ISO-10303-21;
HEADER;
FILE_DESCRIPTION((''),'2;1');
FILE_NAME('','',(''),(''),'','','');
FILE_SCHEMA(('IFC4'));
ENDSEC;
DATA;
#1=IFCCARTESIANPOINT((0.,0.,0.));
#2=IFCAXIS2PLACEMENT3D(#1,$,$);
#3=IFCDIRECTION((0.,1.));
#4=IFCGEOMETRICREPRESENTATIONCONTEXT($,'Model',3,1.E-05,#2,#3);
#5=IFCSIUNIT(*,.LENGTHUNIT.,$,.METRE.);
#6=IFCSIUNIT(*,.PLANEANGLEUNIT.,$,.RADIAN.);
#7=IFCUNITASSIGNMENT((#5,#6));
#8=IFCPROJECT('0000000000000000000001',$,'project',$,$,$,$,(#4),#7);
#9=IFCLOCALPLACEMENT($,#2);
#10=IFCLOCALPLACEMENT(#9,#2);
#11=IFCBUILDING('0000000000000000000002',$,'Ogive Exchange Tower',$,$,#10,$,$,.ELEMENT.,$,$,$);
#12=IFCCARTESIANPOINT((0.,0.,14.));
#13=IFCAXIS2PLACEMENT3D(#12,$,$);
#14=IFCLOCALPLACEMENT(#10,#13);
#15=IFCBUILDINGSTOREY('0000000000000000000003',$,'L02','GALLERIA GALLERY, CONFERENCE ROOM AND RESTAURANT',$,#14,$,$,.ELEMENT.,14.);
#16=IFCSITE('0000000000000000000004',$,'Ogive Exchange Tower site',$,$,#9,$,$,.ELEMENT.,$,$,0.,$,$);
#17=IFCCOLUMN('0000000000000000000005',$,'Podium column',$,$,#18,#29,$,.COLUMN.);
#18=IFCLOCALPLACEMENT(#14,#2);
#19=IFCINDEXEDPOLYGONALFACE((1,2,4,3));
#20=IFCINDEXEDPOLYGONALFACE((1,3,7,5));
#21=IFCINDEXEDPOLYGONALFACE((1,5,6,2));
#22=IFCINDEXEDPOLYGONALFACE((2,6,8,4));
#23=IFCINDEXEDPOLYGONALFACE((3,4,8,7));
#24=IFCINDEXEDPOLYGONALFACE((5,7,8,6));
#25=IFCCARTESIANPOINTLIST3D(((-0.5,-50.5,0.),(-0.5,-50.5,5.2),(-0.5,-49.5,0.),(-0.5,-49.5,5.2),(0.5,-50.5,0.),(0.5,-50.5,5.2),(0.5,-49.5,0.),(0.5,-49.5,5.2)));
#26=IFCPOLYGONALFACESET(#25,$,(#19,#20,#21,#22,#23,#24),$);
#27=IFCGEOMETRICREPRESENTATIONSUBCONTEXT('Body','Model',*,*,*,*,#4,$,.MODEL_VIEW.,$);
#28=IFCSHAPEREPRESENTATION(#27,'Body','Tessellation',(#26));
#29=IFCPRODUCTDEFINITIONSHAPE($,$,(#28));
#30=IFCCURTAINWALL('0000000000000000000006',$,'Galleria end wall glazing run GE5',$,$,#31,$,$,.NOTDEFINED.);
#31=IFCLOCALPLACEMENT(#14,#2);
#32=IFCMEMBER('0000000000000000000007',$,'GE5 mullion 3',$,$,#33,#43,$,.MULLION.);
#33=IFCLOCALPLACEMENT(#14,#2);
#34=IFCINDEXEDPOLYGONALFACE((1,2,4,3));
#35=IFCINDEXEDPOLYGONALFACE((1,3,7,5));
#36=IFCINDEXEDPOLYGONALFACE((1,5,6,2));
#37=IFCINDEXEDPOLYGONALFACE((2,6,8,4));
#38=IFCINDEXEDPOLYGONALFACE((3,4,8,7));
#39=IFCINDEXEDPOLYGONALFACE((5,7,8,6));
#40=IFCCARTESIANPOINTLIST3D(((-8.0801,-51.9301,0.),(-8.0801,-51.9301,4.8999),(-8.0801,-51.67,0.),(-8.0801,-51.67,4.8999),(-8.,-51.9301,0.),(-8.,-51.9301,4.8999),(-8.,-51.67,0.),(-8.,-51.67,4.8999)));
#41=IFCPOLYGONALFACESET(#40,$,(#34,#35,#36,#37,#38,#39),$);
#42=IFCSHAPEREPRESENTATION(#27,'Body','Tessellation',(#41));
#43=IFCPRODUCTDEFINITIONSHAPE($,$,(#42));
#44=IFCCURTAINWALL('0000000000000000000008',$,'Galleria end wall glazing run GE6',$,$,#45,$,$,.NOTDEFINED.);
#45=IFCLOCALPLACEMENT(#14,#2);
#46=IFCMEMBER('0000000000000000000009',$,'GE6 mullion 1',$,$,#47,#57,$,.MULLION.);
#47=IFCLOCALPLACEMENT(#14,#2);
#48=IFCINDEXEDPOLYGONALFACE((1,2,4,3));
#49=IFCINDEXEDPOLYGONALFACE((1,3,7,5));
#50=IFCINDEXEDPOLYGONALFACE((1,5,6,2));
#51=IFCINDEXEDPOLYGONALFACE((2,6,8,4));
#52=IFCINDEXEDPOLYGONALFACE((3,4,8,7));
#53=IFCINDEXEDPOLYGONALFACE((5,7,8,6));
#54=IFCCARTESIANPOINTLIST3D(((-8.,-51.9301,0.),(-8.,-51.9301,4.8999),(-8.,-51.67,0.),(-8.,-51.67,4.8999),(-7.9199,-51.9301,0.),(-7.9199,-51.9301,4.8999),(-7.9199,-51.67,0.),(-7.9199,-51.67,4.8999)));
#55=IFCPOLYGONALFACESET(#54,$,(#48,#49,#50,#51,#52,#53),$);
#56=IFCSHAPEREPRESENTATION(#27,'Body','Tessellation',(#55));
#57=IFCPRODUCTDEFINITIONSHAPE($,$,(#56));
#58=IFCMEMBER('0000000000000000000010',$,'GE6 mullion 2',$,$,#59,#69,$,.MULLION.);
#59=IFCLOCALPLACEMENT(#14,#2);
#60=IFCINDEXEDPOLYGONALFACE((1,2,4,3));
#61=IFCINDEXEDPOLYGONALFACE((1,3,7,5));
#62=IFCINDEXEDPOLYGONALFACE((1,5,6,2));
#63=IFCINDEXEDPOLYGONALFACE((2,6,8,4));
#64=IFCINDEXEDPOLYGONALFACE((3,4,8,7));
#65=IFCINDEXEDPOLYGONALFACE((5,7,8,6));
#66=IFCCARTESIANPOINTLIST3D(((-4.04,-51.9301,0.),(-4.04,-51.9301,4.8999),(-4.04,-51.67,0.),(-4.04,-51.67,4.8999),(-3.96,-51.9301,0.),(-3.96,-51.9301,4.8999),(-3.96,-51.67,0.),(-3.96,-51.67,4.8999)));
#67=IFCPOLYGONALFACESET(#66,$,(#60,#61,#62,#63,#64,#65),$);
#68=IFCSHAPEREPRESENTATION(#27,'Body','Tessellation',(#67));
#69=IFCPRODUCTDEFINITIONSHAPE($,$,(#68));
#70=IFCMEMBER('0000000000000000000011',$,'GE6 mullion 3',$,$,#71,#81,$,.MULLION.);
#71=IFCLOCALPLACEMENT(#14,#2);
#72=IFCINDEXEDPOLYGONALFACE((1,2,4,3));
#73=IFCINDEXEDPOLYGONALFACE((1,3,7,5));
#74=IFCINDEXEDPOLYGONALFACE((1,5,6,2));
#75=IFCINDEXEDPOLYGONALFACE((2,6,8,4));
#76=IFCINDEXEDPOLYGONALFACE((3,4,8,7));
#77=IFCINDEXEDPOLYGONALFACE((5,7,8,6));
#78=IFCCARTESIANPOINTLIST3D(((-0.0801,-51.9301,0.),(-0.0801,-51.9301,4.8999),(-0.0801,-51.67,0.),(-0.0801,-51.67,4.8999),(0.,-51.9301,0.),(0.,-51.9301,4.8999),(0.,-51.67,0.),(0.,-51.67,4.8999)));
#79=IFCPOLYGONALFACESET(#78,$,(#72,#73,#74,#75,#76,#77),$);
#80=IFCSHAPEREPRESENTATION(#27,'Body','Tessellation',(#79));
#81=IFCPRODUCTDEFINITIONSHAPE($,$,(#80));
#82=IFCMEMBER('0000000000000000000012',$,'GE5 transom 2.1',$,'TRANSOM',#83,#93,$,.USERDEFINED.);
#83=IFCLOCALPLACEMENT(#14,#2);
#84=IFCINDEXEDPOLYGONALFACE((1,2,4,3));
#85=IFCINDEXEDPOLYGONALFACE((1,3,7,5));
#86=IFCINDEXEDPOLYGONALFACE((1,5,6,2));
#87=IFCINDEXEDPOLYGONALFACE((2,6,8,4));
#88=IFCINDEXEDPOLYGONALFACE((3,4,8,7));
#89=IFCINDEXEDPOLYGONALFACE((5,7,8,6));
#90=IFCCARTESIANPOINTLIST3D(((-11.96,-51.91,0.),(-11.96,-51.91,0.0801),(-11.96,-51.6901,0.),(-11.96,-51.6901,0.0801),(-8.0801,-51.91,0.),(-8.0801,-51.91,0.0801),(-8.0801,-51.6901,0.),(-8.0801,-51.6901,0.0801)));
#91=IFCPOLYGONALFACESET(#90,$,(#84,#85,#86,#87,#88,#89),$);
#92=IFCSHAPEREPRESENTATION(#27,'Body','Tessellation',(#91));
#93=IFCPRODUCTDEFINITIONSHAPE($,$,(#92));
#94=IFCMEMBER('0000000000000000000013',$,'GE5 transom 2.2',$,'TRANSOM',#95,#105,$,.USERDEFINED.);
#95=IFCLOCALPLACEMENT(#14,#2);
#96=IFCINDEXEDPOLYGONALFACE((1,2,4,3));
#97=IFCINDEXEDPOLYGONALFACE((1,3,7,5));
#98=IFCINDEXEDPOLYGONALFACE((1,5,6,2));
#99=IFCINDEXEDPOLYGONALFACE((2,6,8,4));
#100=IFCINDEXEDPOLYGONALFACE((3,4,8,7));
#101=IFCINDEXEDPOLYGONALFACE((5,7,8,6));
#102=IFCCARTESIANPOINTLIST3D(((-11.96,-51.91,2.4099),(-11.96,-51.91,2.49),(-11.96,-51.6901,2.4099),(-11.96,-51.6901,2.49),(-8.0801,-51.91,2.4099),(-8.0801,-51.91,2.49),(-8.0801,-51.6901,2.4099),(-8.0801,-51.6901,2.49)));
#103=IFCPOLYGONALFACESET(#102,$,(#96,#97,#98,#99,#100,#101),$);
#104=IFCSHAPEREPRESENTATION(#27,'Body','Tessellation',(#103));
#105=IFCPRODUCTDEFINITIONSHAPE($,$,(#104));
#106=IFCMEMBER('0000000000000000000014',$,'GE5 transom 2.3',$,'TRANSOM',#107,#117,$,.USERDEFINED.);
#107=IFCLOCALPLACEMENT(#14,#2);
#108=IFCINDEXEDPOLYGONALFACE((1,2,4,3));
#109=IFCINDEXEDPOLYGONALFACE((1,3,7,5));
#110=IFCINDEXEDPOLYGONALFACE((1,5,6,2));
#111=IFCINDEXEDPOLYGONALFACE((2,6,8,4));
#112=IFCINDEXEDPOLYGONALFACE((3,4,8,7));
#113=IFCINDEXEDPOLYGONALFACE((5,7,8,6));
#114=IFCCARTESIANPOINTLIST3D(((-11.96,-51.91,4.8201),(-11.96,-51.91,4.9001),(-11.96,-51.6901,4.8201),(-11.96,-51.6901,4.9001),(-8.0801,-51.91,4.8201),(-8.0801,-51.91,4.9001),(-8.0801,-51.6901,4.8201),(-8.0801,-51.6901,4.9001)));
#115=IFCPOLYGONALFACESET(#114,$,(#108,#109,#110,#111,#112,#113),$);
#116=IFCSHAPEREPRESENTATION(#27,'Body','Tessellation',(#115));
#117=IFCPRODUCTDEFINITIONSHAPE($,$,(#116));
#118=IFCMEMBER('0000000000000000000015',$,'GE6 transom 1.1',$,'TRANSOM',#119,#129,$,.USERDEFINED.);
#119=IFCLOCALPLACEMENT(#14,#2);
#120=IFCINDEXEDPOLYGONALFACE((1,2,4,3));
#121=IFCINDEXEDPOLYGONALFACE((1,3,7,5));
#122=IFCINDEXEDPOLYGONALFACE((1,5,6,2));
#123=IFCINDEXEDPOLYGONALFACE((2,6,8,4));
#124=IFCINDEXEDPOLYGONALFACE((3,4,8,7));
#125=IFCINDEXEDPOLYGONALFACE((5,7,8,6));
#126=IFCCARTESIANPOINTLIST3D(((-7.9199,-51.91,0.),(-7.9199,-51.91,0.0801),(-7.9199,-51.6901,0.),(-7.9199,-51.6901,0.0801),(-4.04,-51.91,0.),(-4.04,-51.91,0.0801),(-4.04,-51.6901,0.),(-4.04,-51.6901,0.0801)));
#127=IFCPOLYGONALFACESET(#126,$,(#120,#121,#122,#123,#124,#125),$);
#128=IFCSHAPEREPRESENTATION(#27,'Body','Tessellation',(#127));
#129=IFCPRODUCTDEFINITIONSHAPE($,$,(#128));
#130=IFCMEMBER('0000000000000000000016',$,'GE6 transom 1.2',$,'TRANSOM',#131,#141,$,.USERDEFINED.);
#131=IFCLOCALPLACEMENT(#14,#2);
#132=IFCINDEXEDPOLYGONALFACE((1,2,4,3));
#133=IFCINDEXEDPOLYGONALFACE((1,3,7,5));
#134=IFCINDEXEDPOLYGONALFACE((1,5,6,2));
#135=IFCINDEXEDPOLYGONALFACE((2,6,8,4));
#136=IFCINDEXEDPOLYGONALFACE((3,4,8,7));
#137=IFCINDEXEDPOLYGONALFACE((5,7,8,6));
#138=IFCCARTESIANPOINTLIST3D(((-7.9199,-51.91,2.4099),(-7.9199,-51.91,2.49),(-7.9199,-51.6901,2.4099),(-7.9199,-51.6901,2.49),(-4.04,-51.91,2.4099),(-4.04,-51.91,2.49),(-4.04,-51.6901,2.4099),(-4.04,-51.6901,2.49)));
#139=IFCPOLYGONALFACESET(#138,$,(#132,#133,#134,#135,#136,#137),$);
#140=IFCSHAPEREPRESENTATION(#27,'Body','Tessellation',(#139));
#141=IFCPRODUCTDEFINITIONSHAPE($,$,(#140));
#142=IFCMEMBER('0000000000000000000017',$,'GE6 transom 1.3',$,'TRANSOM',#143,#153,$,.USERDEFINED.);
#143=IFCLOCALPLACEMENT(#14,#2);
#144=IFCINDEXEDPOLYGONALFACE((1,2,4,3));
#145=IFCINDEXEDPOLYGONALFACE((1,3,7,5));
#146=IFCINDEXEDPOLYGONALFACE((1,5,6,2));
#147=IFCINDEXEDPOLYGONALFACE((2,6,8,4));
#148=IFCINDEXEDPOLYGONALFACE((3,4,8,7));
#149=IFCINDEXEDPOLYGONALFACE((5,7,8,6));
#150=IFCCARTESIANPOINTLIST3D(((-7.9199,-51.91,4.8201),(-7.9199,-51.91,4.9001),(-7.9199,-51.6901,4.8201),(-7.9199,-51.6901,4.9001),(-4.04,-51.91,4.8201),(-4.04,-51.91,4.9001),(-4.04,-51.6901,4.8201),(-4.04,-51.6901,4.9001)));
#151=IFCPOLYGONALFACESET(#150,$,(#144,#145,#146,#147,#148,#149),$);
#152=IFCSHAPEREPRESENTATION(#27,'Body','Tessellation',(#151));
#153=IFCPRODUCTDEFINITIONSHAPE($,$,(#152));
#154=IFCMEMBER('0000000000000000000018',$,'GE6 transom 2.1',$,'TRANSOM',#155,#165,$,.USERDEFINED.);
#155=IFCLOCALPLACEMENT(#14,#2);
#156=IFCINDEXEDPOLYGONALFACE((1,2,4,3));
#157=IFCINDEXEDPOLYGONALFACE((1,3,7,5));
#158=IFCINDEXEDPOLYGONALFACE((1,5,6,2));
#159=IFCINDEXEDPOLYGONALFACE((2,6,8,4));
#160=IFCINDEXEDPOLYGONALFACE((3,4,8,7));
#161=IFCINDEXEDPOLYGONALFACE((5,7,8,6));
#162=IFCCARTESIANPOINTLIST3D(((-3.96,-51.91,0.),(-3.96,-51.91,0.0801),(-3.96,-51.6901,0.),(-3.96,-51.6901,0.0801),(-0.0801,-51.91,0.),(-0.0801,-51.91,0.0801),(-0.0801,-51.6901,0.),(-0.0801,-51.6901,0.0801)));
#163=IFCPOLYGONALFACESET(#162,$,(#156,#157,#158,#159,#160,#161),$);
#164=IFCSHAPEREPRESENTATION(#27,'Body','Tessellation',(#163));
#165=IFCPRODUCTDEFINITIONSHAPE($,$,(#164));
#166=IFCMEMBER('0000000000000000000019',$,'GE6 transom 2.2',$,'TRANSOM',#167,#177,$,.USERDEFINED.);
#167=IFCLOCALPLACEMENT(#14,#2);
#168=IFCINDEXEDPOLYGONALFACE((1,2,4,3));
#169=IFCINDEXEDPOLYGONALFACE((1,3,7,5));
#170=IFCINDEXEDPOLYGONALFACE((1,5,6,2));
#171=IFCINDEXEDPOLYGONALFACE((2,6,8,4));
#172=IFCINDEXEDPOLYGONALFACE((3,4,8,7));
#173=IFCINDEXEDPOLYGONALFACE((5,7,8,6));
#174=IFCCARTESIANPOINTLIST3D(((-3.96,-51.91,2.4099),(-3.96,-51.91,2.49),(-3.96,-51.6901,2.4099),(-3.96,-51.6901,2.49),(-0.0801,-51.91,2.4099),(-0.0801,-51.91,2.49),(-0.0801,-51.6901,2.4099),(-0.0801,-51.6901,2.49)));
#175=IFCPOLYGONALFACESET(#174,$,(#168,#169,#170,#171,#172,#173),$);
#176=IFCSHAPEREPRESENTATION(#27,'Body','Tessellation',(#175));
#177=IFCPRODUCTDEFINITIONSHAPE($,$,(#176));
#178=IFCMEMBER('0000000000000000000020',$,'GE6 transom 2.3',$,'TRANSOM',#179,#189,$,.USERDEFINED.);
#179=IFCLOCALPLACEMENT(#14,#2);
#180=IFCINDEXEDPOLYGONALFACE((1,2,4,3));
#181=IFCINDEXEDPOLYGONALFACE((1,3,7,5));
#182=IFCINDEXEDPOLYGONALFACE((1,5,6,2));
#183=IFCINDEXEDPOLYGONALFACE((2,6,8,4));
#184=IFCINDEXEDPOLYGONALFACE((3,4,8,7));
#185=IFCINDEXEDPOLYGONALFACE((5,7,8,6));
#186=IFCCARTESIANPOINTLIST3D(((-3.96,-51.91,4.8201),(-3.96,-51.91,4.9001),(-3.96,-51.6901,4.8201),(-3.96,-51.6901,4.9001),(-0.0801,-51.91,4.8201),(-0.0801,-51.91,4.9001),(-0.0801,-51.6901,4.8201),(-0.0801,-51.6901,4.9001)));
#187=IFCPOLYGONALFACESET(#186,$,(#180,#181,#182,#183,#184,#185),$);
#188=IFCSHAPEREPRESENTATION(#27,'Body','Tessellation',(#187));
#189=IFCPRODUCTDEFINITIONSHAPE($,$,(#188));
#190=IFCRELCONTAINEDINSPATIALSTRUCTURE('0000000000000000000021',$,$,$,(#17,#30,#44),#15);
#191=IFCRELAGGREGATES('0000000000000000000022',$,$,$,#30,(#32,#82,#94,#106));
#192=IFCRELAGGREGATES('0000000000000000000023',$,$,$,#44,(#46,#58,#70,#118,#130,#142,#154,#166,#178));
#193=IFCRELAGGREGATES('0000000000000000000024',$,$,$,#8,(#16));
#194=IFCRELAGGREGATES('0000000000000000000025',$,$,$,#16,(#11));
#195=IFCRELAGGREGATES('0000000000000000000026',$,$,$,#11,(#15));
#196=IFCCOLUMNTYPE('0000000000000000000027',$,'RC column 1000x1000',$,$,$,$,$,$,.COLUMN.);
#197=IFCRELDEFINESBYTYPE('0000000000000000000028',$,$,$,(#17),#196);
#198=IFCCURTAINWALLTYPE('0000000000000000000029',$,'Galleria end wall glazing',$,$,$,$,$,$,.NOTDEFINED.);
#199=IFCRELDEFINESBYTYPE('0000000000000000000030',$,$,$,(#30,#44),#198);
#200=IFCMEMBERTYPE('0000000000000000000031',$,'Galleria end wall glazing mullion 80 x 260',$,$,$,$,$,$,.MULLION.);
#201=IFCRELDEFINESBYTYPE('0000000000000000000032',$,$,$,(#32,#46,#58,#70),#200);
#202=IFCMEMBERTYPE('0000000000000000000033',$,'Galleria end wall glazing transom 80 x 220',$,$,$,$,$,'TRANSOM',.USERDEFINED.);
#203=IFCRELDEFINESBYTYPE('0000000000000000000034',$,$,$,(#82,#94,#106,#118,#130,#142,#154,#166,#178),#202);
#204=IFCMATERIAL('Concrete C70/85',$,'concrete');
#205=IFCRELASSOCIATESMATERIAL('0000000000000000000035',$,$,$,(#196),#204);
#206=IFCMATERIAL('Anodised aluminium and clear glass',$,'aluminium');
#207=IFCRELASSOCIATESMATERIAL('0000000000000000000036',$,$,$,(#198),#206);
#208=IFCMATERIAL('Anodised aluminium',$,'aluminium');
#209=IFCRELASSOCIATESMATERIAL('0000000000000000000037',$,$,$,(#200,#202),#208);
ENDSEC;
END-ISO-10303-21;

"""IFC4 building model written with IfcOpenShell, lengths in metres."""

from ifc_helpers import new_model, si_unit, direction, frame, origin, origin_2d, place, context, subcontext, project, spatial, rectangle, extrude, material, material_profile, profile_set, type_object, element, aggregate, save


model = new_model("IFC4")

# Units and contexts
model_context = context("Model", 3, precision=1e-05, world=origin(), true_north=direction((0.0, 1.0)))
body_context = subcontext(model_context, "Body", "Model", "MODEL_VIEW")
ifc_project = project(units=[si_unit("LENGTHUNIT", "METRE"), si_unit("PLANEANGLEUNIT", "RADIAN")], contexts=[model_context])

# Site, building, storey
site_placement = place(None, origin())
site = spatial("IfcSite", under=ifc_project, at=site_placement, Name="Ogive Exchange Tower site", CompositionType="ELEMENT", RefElevation=0.0)
building_placement = place(site_placement, origin())
building = spatial("IfcBuilding", under=site, at=building_placement, Name="Ogive Exchange Tower", CompositionType="ELEMENT")
storey_placement = place(building_placement, frame((0.0, 0.0, 14.0)))
storey = spatial("IfcBuildingStorey", under=building, at=storey_placement, Name="L02", Description="GALLERIA GALLERY, CONFERENCE ROOM AND RESTAURANT", CompositionType="ELEMENT", Elevation=14.0)

# Column
ifc_material_1 = material(Name="Concrete C70/85", Category="concrete")
ifc_material_profile_1 = material_profile(ifc_material_1, rectangle(XDim=1.0, YDim=1.0, at=origin_2d()), Name="RC 1000x1000")
ifc_profile_set_1 = profile_set([ifc_material_profile_1], Name="Concrete C70/85")
column_type = type_object("IfcColumnType", Name="RC column 1000x1000", PredefinedType="COLUMN", material=ifc_profile_set_1)
column_placement = place(storey_placement, frame((0.0, -50.0, 0.0), z_axis=(0.0, 0.0, 1.0), x_axis=(1.0, 0.0, 0.0)))
element("IfcColumn", 1, at=column_placement, inside=storey, type_object=column_type, Name="Podium column", PredefinedType="COLUMN", context=body_context, shape_type="SweptSolid", body=[
    extrude(rectangle(XDim=1.0, YDim=1.0, at=origin_2d()), origin(), (0.0, 0.0, 1.0), 5.2),
])

# Curtain wall, member
ifc_material_2 = material(Name="Anodised aluminium and clear glass", Category="aluminium")
curtain_wall_type = type_object("IfcCurtainWallType", Name="Galleria end wall glazing", PredefinedType="NOTDEFINED", material=ifc_material_2)
curtain_wall_1_placement = place(storey_placement, origin())
curtain_wall_1 = element("IfcCurtainWall", 2, at=curtain_wall_1_placement, inside=storey, type_object=curtain_wall_type, Name="Galleria end wall glazing run GE5", PredefinedType="NOTDEFINED")
ifc_material_3 = material(Name="Anodised aluminium", Category="aluminium")
ifc_material_profile_2 = material_profile(ifc_material_3, rectangle(XDim=0.26, YDim=0.0801, at=origin_2d()), Name="AL 80x260")
ifc_profile_set_2 = profile_set([ifc_material_profile_2], Name="Anodised aluminium")
member_type_1 = type_object("IfcMemberType", Name="Galleria end wall glazing mullion 80 x 260", PredefinedType="MULLION", material=ifc_profile_set_2)
member_1_placement = place(storey_placement, frame((-8.04, -51.8, 0.0), z_axis=(0.0, 0.0, 1.0), x_axis=(0.0, 1.0, 0.0)))
member_1 = element("IfcMember", 3, at=member_1_placement, type_object=member_type_1, Name="GE5 mullion 3", PredefinedType="MULLION", context=body_context, shape_type="SweptSolid", body=[
    extrude(rectangle(XDim=0.26, YDim=0.0801, at=origin_2d()), origin(), (0.0, 0.0, 1.0), 4.8999),
])

# Curtain wall, members
curtain_wall_2_placement = place(storey_placement, origin())
curtain_wall_2 = element("IfcCurtainWall", 4, at=curtain_wall_2_placement, inside=storey, type_object=curtain_wall_type, Name="Galleria end wall glazing run GE6", PredefinedType="NOTDEFINED")
member_2_placement = place(storey_placement, frame((-7.96, -51.8, 0.0), z_axis=(0.0, 0.0, 1.0), x_axis=(0.0, 1.0, 0.0)))
member_2 = element("IfcMember", 5, at=member_2_placement, type_object=member_type_1, Name="GE6 mullion 1", PredefinedType="MULLION", context=body_context, shape_type="SweptSolid", body=[
    extrude(rectangle(XDim=0.26, YDim=0.0801, at=origin_2d()), origin(), (0.0, 0.0, 1.0), 4.8999),
])
member_3_placement = place(storey_placement, frame((-4.0, -51.8, 0.0), z_axis=(0.0, 0.0, 1.0), x_axis=(0.0, 1.0, 0.0)))
member_3 = element("IfcMember", 6, at=member_3_placement, type_object=member_type_1, Name="GE6 mullion 2", PredefinedType="MULLION", context=body_context, shape_type="SweptSolid", body=[
    extrude(rectangle(XDim=0.26, YDim=0.0801, at=origin_2d()), origin(), (0.0, 0.0, 1.0), 4.8999),
])
member_4_placement = place(storey_placement, frame((-0.04, -51.8, 0.0), z_axis=(0.0, 0.0, 1.0), x_axis=(0.0, 1.0, 0.0)))
member_4 = element("IfcMember", 7, at=member_4_placement, type_object=member_type_1, Name="GE6 mullion 3", PredefinedType="MULLION", context=body_context, shape_type="SweptSolid", body=[
    extrude(rectangle(XDim=0.26, YDim=0.0801, at=origin_2d()), origin(), (0.0, 0.0, 1.0), 4.8999),
])

# Members
ifc_material_profile_3 = material_profile(ifc_material_3, rectangle(XDim=0.22, YDim=0.0801, at=origin_2d()), Name="AL 80x220")
ifc_profile_set_3 = profile_set([ifc_material_profile_3], Name="Anodised aluminium")
member_type_2 = type_object("IfcMemberType", Name="Galleria end wall glazing transom 80 x 220", ElementType="TRANSOM", PredefinedType="USERDEFINED", material=ifc_profile_set_3)
member_5_placement = place(storey_placement, frame((-11.96, -51.8, 0.04), z_axis=(1.0, 0.0, 0.0), x_axis=(0.0, 1.0, 0.0)))
member_5 = element("IfcMember", 8, at=member_5_placement, type_object=member_type_2, Name="GE5 transom 2.1", ObjectType="TRANSOM", PredefinedType="USERDEFINED", context=body_context, shape_type="SweptSolid", body=[
    extrude(rectangle(XDim=0.22, YDim=0.0801, at=origin_2d()), origin(), (0.0, 0.0, 1.0), 3.8799),
])
member_6_placement = place(storey_placement, frame((-11.96, -51.8, 2.45), z_axis=(1.0, 0.0, 0.0), x_axis=(0.0, 1.0, 0.0)))
member_6 = element("IfcMember", 9, at=member_6_placement, type_object=member_type_2, Name="GE5 transom 2.2", ObjectType="TRANSOM", PredefinedType="USERDEFINED", context=body_context, shape_type="SweptSolid", body=[
    extrude(rectangle(XDim=0.22, YDim=0.0801, at=origin_2d()), origin(), (0.0, 0.0, 1.0), 3.8799),
])
member_7_placement = place(storey_placement, frame((-11.96, -51.8, 4.8601), z_axis=(1.0, 0.0, 0.0), x_axis=(0.0, 1.0, 0.0)))
member_7 = element("IfcMember", 10, at=member_7_placement, type_object=member_type_2, Name="GE5 transom 2.3", ObjectType="TRANSOM", PredefinedType="USERDEFINED", context=body_context, shape_type="SweptSolid", body=[
    extrude(rectangle(XDim=0.22, YDim=0.0801, at=origin_2d()), origin(), (0.0, 0.0, 1.0), 3.8799),
])
member_8_placement = place(storey_placement, frame((-7.9199, -51.8, 0.04), z_axis=(1.0, 0.0, 0.0), x_axis=(0.0, 1.0, 0.0)))
member_8 = element("IfcMember", 11, at=member_8_placement, type_object=member_type_2, Name="GE6 transom 1.1", ObjectType="TRANSOM", PredefinedType="USERDEFINED", context=body_context, shape_type="SweptSolid", body=[
    extrude(rectangle(XDim=0.22, YDim=0.0801, at=origin_2d()), origin(), (0.0, 0.0, 1.0), 3.8799),
])
member_9_placement = place(storey_placement, frame((-7.9199, -51.8, 2.45), z_axis=(1.0, 0.0, 0.0), x_axis=(0.0, 1.0, 0.0)))
member_9 = element("IfcMember", 12, at=member_9_placement, type_object=member_type_2, Name="GE6 transom 1.2", ObjectType="TRANSOM", PredefinedType="USERDEFINED", context=body_context, shape_type="SweptSolid", body=[
    extrude(rectangle(XDim=0.22, YDim=0.0801, at=origin_2d()), origin(), (0.0, 0.0, 1.0), 3.8799),
])
member_10_placement = place(storey_placement, frame((-7.9199, -51.8, 4.8601), z_axis=(1.0, 0.0, 0.0), x_axis=(0.0, 1.0, 0.0)))
member_10 = element("IfcMember", 13, at=member_10_placement, type_object=member_type_2, Name="GE6 transom 1.3", ObjectType="TRANSOM", PredefinedType="USERDEFINED", context=body_context, shape_type="SweptSolid", body=[
    extrude(rectangle(XDim=0.22, YDim=0.0801, at=origin_2d()), origin(), (0.0, 0.0, 1.0), 3.8799),
])
member_11_placement = place(storey_placement, frame((-3.96, -51.8, 0.04), z_axis=(1.0, 0.0, 0.0), x_axis=(0.0, 1.0, 0.0)))
member_11 = element("IfcMember", 14, at=member_11_placement, type_object=member_type_2, Name="GE6 transom 2.1", ObjectType="TRANSOM", PredefinedType="USERDEFINED", context=body_context, shape_type="SweptSolid", body=[
    extrude(rectangle(XDim=0.22, YDim=0.0801, at=origin_2d()), origin(), (0.0, 0.0, 1.0), 3.8799),
])
member_12_placement = place(storey_placement, frame((-3.96, -51.8, 2.45), z_axis=(1.0, 0.0, 0.0), x_axis=(0.0, 1.0, 0.0)))
member_12 = element("IfcMember", 15, at=member_12_placement, type_object=member_type_2, Name="GE6 transom 2.2", ObjectType="TRANSOM", PredefinedType="USERDEFINED", context=body_context, shape_type="SweptSolid", body=[
    extrude(rectangle(XDim=0.22, YDim=0.0801, at=origin_2d()), origin(), (0.0, 0.0, 1.0), 3.8799),
])
member_13_placement = place(storey_placement, frame((-3.96, -51.8, 4.8601), z_axis=(1.0, 0.0, 0.0), x_axis=(0.0, 1.0, 0.0)))
member_13 = element("IfcMember", 16, at=member_13_placement, type_object=member_type_2, Name="GE6 transom 2.3", ObjectType="TRANSOM", PredefinedType="USERDEFINED", context=body_context, shape_type="SweptSolid", body=[
    extrude(rectangle(XDim=0.22, YDim=0.0801, at=origin_2d()), origin(), (0.0, 0.0, 1.0), 3.8799),
])

aggregate(curtain_wall_1, [member_1, member_5, member_6, member_7])
aggregate(curtain_wall_2, [member_2, member_3, member_4, member_8, member_9, member_10, member_11, member_12, member_13])

save(model, "model.ifc")
